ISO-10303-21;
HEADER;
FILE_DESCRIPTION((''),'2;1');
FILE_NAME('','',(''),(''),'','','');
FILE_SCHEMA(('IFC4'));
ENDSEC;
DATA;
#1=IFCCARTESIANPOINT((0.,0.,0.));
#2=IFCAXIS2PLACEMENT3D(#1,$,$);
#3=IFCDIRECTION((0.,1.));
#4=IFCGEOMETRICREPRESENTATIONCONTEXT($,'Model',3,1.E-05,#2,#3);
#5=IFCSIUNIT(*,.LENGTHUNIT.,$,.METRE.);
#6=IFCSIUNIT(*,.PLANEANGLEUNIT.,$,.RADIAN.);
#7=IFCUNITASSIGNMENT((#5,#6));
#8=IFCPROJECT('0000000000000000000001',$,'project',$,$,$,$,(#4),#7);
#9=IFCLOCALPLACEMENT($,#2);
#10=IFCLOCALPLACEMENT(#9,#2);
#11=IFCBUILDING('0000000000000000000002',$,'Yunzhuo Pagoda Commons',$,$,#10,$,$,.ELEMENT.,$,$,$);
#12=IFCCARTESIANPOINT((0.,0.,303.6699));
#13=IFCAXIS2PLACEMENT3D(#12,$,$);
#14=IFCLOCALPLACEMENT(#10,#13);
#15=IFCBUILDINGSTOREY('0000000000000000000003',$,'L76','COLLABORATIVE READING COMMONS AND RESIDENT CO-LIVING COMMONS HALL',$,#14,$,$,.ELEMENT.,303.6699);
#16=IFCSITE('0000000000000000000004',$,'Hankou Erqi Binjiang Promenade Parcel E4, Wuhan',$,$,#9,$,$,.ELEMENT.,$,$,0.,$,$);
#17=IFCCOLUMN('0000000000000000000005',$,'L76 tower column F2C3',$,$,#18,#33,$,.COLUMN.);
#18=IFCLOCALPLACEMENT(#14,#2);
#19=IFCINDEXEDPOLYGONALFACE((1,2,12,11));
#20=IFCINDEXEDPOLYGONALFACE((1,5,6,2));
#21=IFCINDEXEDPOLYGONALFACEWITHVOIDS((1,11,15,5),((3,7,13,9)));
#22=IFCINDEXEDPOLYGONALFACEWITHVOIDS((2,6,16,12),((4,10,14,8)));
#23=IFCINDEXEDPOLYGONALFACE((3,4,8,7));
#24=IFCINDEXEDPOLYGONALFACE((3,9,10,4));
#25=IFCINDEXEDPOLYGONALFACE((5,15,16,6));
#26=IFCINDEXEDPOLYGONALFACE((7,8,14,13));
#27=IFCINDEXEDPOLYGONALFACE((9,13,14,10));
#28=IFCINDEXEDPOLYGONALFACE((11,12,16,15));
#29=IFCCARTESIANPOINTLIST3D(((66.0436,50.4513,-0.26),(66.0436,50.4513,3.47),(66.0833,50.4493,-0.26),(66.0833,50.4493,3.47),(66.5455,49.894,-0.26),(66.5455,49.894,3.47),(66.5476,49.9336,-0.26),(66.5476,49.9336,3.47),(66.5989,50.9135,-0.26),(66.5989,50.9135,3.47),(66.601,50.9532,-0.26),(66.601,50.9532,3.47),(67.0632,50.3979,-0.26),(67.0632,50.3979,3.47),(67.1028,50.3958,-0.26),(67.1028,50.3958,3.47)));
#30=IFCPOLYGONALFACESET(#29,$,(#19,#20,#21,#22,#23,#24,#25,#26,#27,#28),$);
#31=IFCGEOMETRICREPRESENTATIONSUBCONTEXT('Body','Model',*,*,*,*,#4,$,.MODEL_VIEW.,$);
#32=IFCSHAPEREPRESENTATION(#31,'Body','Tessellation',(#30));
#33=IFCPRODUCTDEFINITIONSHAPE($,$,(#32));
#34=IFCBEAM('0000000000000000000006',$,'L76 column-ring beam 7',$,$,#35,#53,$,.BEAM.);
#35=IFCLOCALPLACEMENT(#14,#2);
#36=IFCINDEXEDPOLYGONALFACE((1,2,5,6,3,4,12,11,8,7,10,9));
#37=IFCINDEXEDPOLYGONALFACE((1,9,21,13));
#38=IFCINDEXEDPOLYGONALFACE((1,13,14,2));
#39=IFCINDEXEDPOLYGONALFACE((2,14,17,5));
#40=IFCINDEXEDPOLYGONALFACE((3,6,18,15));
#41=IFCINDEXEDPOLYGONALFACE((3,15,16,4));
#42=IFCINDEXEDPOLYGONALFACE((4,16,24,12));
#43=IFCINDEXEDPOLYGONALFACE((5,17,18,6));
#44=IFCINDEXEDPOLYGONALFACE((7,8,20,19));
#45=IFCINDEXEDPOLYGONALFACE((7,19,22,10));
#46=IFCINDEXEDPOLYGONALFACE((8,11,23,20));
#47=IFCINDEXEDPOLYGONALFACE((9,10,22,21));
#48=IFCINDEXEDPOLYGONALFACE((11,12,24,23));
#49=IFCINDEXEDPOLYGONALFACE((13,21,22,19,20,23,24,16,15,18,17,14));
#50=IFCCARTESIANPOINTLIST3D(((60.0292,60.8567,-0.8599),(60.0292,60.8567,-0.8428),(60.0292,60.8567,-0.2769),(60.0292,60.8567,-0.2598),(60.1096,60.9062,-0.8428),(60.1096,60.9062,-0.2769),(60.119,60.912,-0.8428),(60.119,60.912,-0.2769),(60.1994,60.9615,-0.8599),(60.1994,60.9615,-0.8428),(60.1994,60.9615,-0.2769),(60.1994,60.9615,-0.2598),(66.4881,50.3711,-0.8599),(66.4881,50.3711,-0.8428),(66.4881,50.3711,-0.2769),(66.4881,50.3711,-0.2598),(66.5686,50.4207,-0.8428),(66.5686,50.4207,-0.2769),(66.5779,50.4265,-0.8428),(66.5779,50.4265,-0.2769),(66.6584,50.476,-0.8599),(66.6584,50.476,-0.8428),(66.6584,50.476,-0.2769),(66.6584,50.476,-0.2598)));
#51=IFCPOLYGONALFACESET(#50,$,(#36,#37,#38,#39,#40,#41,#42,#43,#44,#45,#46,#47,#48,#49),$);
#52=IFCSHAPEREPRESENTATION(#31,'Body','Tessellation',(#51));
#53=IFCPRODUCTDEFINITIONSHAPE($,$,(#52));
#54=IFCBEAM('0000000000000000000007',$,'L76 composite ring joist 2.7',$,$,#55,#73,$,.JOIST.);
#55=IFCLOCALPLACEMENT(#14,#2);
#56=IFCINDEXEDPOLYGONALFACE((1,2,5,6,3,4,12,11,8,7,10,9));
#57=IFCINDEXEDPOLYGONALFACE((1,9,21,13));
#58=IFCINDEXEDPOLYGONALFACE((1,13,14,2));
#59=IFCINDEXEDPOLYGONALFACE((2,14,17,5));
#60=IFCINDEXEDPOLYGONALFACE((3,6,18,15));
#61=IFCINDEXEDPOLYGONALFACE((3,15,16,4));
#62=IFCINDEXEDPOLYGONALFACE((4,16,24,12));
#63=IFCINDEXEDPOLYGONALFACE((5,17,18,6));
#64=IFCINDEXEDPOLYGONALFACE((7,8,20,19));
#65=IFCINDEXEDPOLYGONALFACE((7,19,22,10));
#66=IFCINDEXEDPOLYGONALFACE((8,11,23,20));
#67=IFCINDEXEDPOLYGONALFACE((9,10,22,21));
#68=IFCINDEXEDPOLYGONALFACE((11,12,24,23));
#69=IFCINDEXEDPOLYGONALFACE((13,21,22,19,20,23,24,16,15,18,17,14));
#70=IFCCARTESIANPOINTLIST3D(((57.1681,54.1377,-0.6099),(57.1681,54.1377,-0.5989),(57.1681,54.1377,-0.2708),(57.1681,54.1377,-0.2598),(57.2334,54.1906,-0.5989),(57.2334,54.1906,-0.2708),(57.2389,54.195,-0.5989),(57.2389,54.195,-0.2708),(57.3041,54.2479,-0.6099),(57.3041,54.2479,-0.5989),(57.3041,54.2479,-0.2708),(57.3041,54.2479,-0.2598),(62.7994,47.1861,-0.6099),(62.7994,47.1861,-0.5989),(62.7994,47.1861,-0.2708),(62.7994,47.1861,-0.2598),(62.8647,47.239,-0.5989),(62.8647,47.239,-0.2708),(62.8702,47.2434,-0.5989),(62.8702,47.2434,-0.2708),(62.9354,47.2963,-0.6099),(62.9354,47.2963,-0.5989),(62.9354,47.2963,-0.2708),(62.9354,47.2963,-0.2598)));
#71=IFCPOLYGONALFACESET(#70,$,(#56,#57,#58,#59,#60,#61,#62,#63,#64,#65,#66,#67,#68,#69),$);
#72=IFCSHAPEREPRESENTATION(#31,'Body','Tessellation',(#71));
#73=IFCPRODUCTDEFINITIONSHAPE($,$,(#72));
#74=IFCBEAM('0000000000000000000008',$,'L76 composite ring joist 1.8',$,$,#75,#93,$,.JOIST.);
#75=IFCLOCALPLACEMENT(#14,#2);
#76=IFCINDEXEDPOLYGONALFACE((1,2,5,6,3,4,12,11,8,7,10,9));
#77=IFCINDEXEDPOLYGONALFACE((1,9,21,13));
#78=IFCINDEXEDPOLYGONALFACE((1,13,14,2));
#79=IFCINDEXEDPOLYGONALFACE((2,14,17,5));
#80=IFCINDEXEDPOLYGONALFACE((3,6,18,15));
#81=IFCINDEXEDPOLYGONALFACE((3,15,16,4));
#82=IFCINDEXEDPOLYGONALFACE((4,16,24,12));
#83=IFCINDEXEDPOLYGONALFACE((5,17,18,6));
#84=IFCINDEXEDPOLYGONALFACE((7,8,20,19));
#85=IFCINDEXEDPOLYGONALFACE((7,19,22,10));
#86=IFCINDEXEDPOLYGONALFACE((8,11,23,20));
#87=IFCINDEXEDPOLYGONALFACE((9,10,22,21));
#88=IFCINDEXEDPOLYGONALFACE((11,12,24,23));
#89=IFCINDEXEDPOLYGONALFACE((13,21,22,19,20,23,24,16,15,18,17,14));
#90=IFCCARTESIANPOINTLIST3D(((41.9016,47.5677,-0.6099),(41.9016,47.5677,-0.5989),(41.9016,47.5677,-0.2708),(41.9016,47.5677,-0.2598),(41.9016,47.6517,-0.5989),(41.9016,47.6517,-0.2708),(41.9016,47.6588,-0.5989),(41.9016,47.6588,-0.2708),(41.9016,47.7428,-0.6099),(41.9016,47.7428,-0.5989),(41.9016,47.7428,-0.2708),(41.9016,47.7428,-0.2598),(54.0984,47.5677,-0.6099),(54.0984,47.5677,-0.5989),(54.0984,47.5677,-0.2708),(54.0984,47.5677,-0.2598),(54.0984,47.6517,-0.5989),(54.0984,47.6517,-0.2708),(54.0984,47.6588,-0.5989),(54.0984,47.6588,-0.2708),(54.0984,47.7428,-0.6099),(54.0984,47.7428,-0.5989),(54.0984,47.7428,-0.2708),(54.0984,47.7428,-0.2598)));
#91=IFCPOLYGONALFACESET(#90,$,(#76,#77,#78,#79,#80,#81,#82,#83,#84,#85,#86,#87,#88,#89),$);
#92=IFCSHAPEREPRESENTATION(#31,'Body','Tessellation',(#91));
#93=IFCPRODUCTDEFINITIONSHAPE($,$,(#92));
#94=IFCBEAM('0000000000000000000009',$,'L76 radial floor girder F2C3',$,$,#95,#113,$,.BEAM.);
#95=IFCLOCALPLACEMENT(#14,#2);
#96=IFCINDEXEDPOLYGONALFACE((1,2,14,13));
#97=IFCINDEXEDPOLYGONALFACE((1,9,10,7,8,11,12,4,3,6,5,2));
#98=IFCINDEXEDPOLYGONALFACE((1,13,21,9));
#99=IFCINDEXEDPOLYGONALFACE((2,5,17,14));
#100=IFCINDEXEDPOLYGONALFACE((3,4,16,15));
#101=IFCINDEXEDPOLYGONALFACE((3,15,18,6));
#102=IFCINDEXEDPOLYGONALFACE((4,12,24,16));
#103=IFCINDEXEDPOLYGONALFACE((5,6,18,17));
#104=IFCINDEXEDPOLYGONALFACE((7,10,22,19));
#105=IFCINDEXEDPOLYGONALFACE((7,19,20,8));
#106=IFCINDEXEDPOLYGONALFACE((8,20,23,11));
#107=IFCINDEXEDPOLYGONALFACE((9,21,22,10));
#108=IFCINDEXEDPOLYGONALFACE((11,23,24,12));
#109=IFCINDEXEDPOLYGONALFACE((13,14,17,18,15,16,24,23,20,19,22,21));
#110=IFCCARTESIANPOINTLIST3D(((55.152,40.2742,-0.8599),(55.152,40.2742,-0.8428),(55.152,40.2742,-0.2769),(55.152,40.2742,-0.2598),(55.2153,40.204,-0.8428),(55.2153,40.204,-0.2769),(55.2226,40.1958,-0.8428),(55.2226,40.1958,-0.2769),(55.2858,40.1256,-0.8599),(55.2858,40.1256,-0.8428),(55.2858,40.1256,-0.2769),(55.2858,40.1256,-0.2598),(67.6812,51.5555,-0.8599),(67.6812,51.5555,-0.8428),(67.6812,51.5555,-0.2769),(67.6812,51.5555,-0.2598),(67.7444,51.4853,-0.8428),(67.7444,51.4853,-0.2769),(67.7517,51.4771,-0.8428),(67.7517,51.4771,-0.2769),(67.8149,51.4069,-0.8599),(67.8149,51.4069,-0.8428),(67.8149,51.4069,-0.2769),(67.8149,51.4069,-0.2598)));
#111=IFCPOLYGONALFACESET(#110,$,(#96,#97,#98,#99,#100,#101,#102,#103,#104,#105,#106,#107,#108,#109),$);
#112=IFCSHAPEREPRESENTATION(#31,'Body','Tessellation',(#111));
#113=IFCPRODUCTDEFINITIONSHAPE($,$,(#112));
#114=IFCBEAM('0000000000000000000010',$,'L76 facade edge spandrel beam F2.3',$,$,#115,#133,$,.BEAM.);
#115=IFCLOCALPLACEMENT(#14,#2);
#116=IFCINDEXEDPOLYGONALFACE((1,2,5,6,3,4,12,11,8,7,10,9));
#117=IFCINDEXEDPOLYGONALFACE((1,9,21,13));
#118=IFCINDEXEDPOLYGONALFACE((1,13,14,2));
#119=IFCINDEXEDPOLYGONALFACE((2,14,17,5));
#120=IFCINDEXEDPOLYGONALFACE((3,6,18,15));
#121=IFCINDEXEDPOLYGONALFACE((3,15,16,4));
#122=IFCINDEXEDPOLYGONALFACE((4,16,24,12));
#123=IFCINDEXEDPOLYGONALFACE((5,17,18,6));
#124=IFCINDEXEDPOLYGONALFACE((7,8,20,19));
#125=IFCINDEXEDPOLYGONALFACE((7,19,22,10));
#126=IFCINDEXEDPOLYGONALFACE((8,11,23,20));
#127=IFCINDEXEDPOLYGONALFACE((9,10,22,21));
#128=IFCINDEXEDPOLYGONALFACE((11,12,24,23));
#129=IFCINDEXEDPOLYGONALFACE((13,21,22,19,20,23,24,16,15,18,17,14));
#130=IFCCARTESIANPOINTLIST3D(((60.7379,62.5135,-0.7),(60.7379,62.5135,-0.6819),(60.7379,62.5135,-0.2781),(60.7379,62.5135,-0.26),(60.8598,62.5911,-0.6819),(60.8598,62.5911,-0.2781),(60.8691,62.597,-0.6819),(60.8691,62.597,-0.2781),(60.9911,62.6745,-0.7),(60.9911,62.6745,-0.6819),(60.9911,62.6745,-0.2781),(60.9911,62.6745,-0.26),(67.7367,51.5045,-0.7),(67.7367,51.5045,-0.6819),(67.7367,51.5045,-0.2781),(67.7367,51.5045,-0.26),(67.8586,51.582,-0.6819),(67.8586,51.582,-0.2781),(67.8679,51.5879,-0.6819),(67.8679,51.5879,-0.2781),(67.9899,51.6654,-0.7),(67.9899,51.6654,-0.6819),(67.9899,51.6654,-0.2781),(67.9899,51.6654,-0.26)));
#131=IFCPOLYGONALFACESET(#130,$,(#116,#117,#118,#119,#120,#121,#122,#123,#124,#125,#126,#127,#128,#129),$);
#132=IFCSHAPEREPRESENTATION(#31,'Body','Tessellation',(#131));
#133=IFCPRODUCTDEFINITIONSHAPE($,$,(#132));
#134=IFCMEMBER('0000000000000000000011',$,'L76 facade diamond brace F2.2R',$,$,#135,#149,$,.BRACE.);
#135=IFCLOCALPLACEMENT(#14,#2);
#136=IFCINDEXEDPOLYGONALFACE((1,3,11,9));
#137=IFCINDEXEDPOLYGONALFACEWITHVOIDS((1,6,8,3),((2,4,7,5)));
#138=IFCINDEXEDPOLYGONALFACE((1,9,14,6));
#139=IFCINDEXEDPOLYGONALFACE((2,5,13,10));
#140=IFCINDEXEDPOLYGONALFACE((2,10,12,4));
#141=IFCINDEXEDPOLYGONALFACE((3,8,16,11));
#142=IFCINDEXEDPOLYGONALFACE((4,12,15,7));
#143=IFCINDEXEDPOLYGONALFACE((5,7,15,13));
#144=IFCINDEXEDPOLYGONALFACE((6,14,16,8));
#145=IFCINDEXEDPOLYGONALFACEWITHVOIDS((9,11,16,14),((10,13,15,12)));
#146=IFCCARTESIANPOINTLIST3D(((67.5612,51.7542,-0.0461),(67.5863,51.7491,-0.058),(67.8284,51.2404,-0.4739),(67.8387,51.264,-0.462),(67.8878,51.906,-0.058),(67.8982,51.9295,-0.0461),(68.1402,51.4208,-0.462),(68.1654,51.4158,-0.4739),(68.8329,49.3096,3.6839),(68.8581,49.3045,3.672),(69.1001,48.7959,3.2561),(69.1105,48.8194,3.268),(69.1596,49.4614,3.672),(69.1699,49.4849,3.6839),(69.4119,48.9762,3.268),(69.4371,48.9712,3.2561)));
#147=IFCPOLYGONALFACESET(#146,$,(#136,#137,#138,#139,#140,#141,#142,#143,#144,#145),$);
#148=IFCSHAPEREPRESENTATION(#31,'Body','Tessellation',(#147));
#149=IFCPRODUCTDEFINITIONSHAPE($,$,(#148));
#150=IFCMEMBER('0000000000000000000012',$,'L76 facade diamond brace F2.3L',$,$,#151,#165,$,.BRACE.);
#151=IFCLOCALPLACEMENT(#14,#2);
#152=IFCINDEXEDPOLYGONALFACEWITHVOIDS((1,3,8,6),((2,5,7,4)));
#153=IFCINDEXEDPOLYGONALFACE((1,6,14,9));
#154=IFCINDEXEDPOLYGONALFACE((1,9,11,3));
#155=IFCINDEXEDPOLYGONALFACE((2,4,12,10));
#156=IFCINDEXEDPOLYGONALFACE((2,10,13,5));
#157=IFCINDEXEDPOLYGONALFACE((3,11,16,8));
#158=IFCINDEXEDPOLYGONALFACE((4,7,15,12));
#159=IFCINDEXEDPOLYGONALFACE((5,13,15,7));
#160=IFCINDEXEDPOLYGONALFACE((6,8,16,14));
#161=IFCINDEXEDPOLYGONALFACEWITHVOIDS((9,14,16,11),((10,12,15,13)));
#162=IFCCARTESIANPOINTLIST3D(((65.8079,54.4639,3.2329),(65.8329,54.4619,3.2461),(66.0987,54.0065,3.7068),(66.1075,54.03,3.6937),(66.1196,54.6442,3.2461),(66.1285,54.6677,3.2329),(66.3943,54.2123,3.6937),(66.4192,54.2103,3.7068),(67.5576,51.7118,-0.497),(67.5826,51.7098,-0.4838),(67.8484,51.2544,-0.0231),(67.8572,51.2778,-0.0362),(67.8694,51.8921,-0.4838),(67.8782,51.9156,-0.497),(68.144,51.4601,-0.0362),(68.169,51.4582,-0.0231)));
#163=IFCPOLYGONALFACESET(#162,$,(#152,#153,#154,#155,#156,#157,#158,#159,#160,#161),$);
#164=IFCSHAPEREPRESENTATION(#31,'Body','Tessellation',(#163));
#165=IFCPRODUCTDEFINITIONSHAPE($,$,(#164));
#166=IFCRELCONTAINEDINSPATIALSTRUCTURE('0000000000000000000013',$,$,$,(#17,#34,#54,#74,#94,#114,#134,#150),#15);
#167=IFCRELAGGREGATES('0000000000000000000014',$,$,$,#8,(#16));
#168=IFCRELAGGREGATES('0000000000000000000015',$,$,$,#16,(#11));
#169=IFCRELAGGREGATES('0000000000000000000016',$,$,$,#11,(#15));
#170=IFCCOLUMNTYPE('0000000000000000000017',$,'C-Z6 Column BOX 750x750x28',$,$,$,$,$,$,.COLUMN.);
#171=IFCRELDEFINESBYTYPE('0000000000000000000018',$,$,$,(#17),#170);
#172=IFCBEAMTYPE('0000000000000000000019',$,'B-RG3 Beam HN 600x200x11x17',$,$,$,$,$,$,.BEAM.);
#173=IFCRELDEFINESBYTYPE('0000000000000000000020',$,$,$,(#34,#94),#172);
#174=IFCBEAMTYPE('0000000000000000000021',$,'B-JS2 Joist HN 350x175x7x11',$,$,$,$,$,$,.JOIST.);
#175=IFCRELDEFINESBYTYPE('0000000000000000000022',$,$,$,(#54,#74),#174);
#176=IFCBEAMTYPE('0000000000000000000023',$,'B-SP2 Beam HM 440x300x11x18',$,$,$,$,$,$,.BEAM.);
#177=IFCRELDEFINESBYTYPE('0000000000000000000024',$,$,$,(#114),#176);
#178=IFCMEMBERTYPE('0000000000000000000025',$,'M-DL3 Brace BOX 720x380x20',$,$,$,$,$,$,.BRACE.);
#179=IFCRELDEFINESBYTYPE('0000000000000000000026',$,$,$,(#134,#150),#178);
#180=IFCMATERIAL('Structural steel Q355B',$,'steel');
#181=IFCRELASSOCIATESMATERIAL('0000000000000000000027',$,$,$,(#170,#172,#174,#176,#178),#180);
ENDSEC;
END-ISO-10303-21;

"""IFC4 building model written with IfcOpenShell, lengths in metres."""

from ifc_helpers import new_model, si_unit, direction, frame, origin, origin_2d, place, context, subcontext, project, spatial, hollow_rectangle, i_section, extrude, source, transform, mapped, material, material_profile, profile_set, type_object, element, save


model = new_model("IFC4")

# Units and contexts
model_context = context("Model", 3, precision=1e-05, world=origin(), true_north=direction((0.0, 1.0)))
body_context = subcontext(model_context, "Body", "Model", "MODEL_VIEW")
ifc_project = project(units=[si_unit("LENGTHUNIT", "METRE"), si_unit("PLANEANGLEUNIT", "RADIAN")], contexts=[model_context])

# Site, building, storey
site_placement = place(None, origin())
site = spatial("IfcSite", under=ifc_project, at=site_placement, Name="Hankou Erqi Binjiang Promenade Parcel E4, Wuhan", CompositionType="ELEMENT", RefElevation=0.0)
building_placement = place(site_placement, origin())
building = spatial("IfcBuilding", under=site, at=building_placement, Name="Yunzhuo Pagoda Commons", CompositionType="ELEMENT")
storey_placement = place(building_placement, frame((0.0, 0.0, 303.6699)))
storey = spatial("IfcBuildingStorey", under=building, at=storey_placement, Name="L76", Description="COLLABORATIVE READING COMMONS AND RESIDENT CO-LIVING COMMONS HALL", CompositionType="ELEMENT", Elevation=303.6699)

# Column
ifc_material_1 = material(Name="Structural steel Q355B", Category="steel")
ifc_material_profile_1 = material_profile(ifc_material_1, hollow_rectangle(XDim=0.75, YDim=0.75, WallThickness=0.0281, at=origin_2d()), Name="Structural steel Q355B")
ifc_profile_set_1 = profile_set([ifc_material_profile_1], Name="Structural steel Q355B")
column_type = type_object("IfcColumnType", Name="C-Z6 Column BOX 750x750x28", PredefinedType="COLUMN", material=ifc_profile_set_1)
shared_shape_1 = source(origin(), body_context, "Body", "SweptSolid", [
    extrude(hollow_rectangle(XDim=0.75, YDim=0.75, WallThickness=0.0281, at=origin_2d()), origin(), (0.0, 0.0, 1.0), 3.73),
])
column_placement = place(storey_placement, frame((66.5732, 50.4236, -0.26), z_axis=(0.0, 0.0, 1.0), x_axis=(-0.669131, 0.743145, 0.0)))
element("IfcColumn", 1, at=column_placement, inside=storey, type_object=column_type, Name="L76 tower column F2C3", PredefinedType="COLUMN", context=body_context, shape_type="MappedRepresentation", body=[
    mapped(shared_shape_1, transform((0.0, 0.0, 0.0), scale=1.0)),
])

# Beams
ifc_material_profile_2 = material_profile(ifc_material_1, i_section(OverallWidth=0.2, OverallDepth=0.6001, WebThickness=0.011, FlangeThickness=0.0171, at=origin_2d()), Name="Structural steel Q355B")
ifc_profile_set_2 = profile_set([ifc_material_profile_2], Name="Structural steel Q355B")
beam_type_1 = type_object("IfcBeamType", Name="B-RG3 Beam HN 600x200x11x17", PredefinedType="BEAM", material=ifc_profile_set_2)
shared_shape_2 = source(origin(), body_context, "Body", "SweptSolid", [
    extrude(i_section(OverallWidth=0.2, OverallDepth=0.6001, WebThickness=0.011, FlangeThickness=0.0171, at=origin_2d()), origin(), (0.0, 0.0, 1.0), 12.3152),
])
beam_1_placement = place(storey_placement, frame((66.5732, 50.4236, -0.5598), z_axis=(-0.524469, 0.85143, 0.0), x_axis=(-0.85143, -0.524469, 0.0)))
element("IfcBeam", 2, at=beam_1_placement, inside=storey, type_object=beam_type_1, Name="L76 column-ring beam 7", PredefinedType="BEAM", context=body_context, shape_type="MappedRepresentation", body=[
    mapped(shared_shape_2, transform((0.0, 0.0, 0.0), scale=1.0)),
])
ifc_material_profile_3 = material_profile(ifc_material_1, i_section(OverallWidth=0.175, OverallDepth=0.3501, WebThickness=0.0071, FlangeThickness=0.011, at=origin_2d()), Name="Structural steel Q355B")
ifc_profile_set_3 = profile_set([ifc_material_profile_3], Name="Structural steel Q355B")
beam_type_2 = type_object("IfcBeamType", Name="B-JS2 Joist HN 350x175x7x11", PredefinedType="JOIST", material=ifc_profile_set_3)
shared_shape_3 = source(origin(), body_context, "Body", "SweptSolid", [
    extrude(i_section(OverallWidth=0.175, OverallDepth=0.3501, WebThickness=0.0071, FlangeThickness=0.011, at=origin_2d()), origin(), (0.0, 0.0, 1.0), 8.9463),
])
beam_2_placement = place(storey_placement, frame((62.8674, 47.2412, -0.4348), z_axis=(-0.629456, 0.777036, 0.0), x_axis=(-0.777036, -0.629456, 0.0)))
element("IfcBeam", 3, at=beam_2_placement, inside=storey, type_object=beam_type_2, Name="L76 composite ring joist 2.7", PredefinedType="JOIST", context=body_context, shape_type="MappedRepresentation", body=[
    mapped(shared_shape_3, transform((0.0, 0.0, 0.0), scale=1.0)),
])
shared_shape_4 = source(origin(), body_context, "Body", "SweptSolid", [
    extrude(i_section(OverallWidth=0.175, OverallDepth=0.3501, WebThickness=0.0071, FlangeThickness=0.011, at=origin_2d()), origin(), (0.0, 0.0, 1.0), 12.1968),
])
beam_3_placement = place(storey_placement, frame((54.0984, 47.6553, -0.4348), z_axis=(-1.0, 0.0, 0.0), x_axis=(0.0, -1.0, 0.0)))
element("IfcBeam", 4, at=beam_3_placement, inside=storey, type_object=beam_type_2, Name="L76 composite ring joist 1.8", PredefinedType="JOIST", context=body_context, shape_type="MappedRepresentation", body=[
    mapped(shared_shape_4, transform((0.0, 0.0, 0.0), scale=1.0)),
])
shared_shape_5 = source(origin(), body_context, "Body", "SweptSolid", [
    extrude(i_section(OverallWidth=0.2, OverallDepth=0.6001, WebThickness=0.011, FlangeThickness=0.0171, at=origin_2d()), origin(), (0.0, 0.0, 1.0), 16.8596),
])
beam_4_placement = place(storey_placement, frame((67.748, 51.4812, -0.5598), z_axis=(-0.743144, -0.669132, 0.0), x_axis=(0.669132, -0.743144, 0.0)))
element("IfcBeam", 5, at=beam_4_placement, inside=storey, type_object=beam_type_1, Name="L76 radial floor girder F2C3", PredefinedType="BEAM", context=body_context, shape_type="MappedRepresentation", body=[
    mapped(shared_shape_5, transform((0.0, 0.0, 0.0), scale=1.0)),
])
ifc_material_profile_4 = material_profile(ifc_material_1, i_section(OverallWidth=0.3, OverallDepth=0.4399, WebThickness=0.011, FlangeThickness=0.0181, at=origin_2d()), Name="Structural steel Q355B")
ifc_profile_set_4 = profile_set([ifc_material_profile_4], Name="Structural steel Q355B")
beam_type_3 = type_object("IfcBeamType", Name="B-SP2 Beam HM 440x300x11x18", PredefinedType="BEAM", material=ifc_profile_set_4)
shared_shape_6 = source(origin(), body_context, "Body", "SweptSolid", [
    extrude(i_section(OverallWidth=0.3, OverallDepth=0.4399, WebThickness=0.011, FlangeThickness=0.0181, at=origin_2d()), origin(), (0.0, 0.0, 1.0), 13.0454),
])
beam_5_placement = place(storey_placement, frame((67.8633, 51.585, -0.48), z_axis=(-0.536495, 0.843903, 0.0), x_axis=(-0.843903, -0.536495, 0.0)))
element("IfcBeam", 6, at=beam_5_placement, inside=storey, type_object=beam_type_3, Name="L76 facade edge spandrel beam F2.3", PredefinedType="BEAM", context=body_context, shape_type="MappedRepresentation", body=[
    mapped(shared_shape_6, transform((0.0, 0.0, 0.0), scale=1.0)),
])

# Members
ifc_material_profile_5 = material_profile(ifc_material_1, hollow_rectangle(XDim=0.3799, YDim=0.72, WallThickness=0.02, at=origin_2d()), Name="Structural steel Q355B")
ifc_profile_set_5 = profile_set([ifc_material_profile_5], Name="Structural steel Q355B")
member_type_1 = type_object("IfcMemberType", Name="M-DL3 Brace BOX 720x380x20", PredefinedType="BRACE", material=ifc_profile_set_5)
shared_shape_7 = source(origin(), body_context, "Body", "SweptSolid", [
    extrude(hollow_rectangle(XDim=0.3799, YDim=0.72, WallThickness=0.02, at=origin_2d()), origin(), (0.0, 0.0, 1.0), 4.6375),
])
member_1_placement = place(storey_placement, frame((67.8633, 51.585, -0.26), z_axis=(0.27423, -0.527138, 0.804316), x_axis=(0.887136, 0.461509, 0.0)))
element("IfcMember", 7, at=member_1_placement, inside=storey, type_object=member_type_1, Name="L76 facade diamond brace F2.2R", PredefinedType="BRACE", context=body_context, shape_type="MappedRepresentation", body=[
    mapped(shared_shape_7, transform((0.0, 0.0, 0.0), scale=1.0)),
])
shared_shape_8 = source(origin(), body_context, "Body", "SweptSolid", [
    extrude(hollow_rectangle(XDim=0.3799, YDim=0.72, WallThickness=0.02, at=origin_2d()), origin(), (0.0, 0.0, 1.0), 4.9546),
])
member_2_placement = place(storey_placement, frame((67.8633, 51.585, -0.26), z_axis=(-0.353151, 0.555473, 0.752818), x_axis=(-0.84389, -0.536517, 0.0)))
element("IfcMember", 8, at=member_2_placement, inside=storey, type_object=member_type_1, Name="L76 facade diamond brace F2.3L", PredefinedType="BRACE", context=body_context, shape_type="MappedRepresentation", body=[
    mapped(shared_shape_8, transform((0.0, 0.0, 0.0), scale=1.0)),
])

save(model, "model.ifc")
